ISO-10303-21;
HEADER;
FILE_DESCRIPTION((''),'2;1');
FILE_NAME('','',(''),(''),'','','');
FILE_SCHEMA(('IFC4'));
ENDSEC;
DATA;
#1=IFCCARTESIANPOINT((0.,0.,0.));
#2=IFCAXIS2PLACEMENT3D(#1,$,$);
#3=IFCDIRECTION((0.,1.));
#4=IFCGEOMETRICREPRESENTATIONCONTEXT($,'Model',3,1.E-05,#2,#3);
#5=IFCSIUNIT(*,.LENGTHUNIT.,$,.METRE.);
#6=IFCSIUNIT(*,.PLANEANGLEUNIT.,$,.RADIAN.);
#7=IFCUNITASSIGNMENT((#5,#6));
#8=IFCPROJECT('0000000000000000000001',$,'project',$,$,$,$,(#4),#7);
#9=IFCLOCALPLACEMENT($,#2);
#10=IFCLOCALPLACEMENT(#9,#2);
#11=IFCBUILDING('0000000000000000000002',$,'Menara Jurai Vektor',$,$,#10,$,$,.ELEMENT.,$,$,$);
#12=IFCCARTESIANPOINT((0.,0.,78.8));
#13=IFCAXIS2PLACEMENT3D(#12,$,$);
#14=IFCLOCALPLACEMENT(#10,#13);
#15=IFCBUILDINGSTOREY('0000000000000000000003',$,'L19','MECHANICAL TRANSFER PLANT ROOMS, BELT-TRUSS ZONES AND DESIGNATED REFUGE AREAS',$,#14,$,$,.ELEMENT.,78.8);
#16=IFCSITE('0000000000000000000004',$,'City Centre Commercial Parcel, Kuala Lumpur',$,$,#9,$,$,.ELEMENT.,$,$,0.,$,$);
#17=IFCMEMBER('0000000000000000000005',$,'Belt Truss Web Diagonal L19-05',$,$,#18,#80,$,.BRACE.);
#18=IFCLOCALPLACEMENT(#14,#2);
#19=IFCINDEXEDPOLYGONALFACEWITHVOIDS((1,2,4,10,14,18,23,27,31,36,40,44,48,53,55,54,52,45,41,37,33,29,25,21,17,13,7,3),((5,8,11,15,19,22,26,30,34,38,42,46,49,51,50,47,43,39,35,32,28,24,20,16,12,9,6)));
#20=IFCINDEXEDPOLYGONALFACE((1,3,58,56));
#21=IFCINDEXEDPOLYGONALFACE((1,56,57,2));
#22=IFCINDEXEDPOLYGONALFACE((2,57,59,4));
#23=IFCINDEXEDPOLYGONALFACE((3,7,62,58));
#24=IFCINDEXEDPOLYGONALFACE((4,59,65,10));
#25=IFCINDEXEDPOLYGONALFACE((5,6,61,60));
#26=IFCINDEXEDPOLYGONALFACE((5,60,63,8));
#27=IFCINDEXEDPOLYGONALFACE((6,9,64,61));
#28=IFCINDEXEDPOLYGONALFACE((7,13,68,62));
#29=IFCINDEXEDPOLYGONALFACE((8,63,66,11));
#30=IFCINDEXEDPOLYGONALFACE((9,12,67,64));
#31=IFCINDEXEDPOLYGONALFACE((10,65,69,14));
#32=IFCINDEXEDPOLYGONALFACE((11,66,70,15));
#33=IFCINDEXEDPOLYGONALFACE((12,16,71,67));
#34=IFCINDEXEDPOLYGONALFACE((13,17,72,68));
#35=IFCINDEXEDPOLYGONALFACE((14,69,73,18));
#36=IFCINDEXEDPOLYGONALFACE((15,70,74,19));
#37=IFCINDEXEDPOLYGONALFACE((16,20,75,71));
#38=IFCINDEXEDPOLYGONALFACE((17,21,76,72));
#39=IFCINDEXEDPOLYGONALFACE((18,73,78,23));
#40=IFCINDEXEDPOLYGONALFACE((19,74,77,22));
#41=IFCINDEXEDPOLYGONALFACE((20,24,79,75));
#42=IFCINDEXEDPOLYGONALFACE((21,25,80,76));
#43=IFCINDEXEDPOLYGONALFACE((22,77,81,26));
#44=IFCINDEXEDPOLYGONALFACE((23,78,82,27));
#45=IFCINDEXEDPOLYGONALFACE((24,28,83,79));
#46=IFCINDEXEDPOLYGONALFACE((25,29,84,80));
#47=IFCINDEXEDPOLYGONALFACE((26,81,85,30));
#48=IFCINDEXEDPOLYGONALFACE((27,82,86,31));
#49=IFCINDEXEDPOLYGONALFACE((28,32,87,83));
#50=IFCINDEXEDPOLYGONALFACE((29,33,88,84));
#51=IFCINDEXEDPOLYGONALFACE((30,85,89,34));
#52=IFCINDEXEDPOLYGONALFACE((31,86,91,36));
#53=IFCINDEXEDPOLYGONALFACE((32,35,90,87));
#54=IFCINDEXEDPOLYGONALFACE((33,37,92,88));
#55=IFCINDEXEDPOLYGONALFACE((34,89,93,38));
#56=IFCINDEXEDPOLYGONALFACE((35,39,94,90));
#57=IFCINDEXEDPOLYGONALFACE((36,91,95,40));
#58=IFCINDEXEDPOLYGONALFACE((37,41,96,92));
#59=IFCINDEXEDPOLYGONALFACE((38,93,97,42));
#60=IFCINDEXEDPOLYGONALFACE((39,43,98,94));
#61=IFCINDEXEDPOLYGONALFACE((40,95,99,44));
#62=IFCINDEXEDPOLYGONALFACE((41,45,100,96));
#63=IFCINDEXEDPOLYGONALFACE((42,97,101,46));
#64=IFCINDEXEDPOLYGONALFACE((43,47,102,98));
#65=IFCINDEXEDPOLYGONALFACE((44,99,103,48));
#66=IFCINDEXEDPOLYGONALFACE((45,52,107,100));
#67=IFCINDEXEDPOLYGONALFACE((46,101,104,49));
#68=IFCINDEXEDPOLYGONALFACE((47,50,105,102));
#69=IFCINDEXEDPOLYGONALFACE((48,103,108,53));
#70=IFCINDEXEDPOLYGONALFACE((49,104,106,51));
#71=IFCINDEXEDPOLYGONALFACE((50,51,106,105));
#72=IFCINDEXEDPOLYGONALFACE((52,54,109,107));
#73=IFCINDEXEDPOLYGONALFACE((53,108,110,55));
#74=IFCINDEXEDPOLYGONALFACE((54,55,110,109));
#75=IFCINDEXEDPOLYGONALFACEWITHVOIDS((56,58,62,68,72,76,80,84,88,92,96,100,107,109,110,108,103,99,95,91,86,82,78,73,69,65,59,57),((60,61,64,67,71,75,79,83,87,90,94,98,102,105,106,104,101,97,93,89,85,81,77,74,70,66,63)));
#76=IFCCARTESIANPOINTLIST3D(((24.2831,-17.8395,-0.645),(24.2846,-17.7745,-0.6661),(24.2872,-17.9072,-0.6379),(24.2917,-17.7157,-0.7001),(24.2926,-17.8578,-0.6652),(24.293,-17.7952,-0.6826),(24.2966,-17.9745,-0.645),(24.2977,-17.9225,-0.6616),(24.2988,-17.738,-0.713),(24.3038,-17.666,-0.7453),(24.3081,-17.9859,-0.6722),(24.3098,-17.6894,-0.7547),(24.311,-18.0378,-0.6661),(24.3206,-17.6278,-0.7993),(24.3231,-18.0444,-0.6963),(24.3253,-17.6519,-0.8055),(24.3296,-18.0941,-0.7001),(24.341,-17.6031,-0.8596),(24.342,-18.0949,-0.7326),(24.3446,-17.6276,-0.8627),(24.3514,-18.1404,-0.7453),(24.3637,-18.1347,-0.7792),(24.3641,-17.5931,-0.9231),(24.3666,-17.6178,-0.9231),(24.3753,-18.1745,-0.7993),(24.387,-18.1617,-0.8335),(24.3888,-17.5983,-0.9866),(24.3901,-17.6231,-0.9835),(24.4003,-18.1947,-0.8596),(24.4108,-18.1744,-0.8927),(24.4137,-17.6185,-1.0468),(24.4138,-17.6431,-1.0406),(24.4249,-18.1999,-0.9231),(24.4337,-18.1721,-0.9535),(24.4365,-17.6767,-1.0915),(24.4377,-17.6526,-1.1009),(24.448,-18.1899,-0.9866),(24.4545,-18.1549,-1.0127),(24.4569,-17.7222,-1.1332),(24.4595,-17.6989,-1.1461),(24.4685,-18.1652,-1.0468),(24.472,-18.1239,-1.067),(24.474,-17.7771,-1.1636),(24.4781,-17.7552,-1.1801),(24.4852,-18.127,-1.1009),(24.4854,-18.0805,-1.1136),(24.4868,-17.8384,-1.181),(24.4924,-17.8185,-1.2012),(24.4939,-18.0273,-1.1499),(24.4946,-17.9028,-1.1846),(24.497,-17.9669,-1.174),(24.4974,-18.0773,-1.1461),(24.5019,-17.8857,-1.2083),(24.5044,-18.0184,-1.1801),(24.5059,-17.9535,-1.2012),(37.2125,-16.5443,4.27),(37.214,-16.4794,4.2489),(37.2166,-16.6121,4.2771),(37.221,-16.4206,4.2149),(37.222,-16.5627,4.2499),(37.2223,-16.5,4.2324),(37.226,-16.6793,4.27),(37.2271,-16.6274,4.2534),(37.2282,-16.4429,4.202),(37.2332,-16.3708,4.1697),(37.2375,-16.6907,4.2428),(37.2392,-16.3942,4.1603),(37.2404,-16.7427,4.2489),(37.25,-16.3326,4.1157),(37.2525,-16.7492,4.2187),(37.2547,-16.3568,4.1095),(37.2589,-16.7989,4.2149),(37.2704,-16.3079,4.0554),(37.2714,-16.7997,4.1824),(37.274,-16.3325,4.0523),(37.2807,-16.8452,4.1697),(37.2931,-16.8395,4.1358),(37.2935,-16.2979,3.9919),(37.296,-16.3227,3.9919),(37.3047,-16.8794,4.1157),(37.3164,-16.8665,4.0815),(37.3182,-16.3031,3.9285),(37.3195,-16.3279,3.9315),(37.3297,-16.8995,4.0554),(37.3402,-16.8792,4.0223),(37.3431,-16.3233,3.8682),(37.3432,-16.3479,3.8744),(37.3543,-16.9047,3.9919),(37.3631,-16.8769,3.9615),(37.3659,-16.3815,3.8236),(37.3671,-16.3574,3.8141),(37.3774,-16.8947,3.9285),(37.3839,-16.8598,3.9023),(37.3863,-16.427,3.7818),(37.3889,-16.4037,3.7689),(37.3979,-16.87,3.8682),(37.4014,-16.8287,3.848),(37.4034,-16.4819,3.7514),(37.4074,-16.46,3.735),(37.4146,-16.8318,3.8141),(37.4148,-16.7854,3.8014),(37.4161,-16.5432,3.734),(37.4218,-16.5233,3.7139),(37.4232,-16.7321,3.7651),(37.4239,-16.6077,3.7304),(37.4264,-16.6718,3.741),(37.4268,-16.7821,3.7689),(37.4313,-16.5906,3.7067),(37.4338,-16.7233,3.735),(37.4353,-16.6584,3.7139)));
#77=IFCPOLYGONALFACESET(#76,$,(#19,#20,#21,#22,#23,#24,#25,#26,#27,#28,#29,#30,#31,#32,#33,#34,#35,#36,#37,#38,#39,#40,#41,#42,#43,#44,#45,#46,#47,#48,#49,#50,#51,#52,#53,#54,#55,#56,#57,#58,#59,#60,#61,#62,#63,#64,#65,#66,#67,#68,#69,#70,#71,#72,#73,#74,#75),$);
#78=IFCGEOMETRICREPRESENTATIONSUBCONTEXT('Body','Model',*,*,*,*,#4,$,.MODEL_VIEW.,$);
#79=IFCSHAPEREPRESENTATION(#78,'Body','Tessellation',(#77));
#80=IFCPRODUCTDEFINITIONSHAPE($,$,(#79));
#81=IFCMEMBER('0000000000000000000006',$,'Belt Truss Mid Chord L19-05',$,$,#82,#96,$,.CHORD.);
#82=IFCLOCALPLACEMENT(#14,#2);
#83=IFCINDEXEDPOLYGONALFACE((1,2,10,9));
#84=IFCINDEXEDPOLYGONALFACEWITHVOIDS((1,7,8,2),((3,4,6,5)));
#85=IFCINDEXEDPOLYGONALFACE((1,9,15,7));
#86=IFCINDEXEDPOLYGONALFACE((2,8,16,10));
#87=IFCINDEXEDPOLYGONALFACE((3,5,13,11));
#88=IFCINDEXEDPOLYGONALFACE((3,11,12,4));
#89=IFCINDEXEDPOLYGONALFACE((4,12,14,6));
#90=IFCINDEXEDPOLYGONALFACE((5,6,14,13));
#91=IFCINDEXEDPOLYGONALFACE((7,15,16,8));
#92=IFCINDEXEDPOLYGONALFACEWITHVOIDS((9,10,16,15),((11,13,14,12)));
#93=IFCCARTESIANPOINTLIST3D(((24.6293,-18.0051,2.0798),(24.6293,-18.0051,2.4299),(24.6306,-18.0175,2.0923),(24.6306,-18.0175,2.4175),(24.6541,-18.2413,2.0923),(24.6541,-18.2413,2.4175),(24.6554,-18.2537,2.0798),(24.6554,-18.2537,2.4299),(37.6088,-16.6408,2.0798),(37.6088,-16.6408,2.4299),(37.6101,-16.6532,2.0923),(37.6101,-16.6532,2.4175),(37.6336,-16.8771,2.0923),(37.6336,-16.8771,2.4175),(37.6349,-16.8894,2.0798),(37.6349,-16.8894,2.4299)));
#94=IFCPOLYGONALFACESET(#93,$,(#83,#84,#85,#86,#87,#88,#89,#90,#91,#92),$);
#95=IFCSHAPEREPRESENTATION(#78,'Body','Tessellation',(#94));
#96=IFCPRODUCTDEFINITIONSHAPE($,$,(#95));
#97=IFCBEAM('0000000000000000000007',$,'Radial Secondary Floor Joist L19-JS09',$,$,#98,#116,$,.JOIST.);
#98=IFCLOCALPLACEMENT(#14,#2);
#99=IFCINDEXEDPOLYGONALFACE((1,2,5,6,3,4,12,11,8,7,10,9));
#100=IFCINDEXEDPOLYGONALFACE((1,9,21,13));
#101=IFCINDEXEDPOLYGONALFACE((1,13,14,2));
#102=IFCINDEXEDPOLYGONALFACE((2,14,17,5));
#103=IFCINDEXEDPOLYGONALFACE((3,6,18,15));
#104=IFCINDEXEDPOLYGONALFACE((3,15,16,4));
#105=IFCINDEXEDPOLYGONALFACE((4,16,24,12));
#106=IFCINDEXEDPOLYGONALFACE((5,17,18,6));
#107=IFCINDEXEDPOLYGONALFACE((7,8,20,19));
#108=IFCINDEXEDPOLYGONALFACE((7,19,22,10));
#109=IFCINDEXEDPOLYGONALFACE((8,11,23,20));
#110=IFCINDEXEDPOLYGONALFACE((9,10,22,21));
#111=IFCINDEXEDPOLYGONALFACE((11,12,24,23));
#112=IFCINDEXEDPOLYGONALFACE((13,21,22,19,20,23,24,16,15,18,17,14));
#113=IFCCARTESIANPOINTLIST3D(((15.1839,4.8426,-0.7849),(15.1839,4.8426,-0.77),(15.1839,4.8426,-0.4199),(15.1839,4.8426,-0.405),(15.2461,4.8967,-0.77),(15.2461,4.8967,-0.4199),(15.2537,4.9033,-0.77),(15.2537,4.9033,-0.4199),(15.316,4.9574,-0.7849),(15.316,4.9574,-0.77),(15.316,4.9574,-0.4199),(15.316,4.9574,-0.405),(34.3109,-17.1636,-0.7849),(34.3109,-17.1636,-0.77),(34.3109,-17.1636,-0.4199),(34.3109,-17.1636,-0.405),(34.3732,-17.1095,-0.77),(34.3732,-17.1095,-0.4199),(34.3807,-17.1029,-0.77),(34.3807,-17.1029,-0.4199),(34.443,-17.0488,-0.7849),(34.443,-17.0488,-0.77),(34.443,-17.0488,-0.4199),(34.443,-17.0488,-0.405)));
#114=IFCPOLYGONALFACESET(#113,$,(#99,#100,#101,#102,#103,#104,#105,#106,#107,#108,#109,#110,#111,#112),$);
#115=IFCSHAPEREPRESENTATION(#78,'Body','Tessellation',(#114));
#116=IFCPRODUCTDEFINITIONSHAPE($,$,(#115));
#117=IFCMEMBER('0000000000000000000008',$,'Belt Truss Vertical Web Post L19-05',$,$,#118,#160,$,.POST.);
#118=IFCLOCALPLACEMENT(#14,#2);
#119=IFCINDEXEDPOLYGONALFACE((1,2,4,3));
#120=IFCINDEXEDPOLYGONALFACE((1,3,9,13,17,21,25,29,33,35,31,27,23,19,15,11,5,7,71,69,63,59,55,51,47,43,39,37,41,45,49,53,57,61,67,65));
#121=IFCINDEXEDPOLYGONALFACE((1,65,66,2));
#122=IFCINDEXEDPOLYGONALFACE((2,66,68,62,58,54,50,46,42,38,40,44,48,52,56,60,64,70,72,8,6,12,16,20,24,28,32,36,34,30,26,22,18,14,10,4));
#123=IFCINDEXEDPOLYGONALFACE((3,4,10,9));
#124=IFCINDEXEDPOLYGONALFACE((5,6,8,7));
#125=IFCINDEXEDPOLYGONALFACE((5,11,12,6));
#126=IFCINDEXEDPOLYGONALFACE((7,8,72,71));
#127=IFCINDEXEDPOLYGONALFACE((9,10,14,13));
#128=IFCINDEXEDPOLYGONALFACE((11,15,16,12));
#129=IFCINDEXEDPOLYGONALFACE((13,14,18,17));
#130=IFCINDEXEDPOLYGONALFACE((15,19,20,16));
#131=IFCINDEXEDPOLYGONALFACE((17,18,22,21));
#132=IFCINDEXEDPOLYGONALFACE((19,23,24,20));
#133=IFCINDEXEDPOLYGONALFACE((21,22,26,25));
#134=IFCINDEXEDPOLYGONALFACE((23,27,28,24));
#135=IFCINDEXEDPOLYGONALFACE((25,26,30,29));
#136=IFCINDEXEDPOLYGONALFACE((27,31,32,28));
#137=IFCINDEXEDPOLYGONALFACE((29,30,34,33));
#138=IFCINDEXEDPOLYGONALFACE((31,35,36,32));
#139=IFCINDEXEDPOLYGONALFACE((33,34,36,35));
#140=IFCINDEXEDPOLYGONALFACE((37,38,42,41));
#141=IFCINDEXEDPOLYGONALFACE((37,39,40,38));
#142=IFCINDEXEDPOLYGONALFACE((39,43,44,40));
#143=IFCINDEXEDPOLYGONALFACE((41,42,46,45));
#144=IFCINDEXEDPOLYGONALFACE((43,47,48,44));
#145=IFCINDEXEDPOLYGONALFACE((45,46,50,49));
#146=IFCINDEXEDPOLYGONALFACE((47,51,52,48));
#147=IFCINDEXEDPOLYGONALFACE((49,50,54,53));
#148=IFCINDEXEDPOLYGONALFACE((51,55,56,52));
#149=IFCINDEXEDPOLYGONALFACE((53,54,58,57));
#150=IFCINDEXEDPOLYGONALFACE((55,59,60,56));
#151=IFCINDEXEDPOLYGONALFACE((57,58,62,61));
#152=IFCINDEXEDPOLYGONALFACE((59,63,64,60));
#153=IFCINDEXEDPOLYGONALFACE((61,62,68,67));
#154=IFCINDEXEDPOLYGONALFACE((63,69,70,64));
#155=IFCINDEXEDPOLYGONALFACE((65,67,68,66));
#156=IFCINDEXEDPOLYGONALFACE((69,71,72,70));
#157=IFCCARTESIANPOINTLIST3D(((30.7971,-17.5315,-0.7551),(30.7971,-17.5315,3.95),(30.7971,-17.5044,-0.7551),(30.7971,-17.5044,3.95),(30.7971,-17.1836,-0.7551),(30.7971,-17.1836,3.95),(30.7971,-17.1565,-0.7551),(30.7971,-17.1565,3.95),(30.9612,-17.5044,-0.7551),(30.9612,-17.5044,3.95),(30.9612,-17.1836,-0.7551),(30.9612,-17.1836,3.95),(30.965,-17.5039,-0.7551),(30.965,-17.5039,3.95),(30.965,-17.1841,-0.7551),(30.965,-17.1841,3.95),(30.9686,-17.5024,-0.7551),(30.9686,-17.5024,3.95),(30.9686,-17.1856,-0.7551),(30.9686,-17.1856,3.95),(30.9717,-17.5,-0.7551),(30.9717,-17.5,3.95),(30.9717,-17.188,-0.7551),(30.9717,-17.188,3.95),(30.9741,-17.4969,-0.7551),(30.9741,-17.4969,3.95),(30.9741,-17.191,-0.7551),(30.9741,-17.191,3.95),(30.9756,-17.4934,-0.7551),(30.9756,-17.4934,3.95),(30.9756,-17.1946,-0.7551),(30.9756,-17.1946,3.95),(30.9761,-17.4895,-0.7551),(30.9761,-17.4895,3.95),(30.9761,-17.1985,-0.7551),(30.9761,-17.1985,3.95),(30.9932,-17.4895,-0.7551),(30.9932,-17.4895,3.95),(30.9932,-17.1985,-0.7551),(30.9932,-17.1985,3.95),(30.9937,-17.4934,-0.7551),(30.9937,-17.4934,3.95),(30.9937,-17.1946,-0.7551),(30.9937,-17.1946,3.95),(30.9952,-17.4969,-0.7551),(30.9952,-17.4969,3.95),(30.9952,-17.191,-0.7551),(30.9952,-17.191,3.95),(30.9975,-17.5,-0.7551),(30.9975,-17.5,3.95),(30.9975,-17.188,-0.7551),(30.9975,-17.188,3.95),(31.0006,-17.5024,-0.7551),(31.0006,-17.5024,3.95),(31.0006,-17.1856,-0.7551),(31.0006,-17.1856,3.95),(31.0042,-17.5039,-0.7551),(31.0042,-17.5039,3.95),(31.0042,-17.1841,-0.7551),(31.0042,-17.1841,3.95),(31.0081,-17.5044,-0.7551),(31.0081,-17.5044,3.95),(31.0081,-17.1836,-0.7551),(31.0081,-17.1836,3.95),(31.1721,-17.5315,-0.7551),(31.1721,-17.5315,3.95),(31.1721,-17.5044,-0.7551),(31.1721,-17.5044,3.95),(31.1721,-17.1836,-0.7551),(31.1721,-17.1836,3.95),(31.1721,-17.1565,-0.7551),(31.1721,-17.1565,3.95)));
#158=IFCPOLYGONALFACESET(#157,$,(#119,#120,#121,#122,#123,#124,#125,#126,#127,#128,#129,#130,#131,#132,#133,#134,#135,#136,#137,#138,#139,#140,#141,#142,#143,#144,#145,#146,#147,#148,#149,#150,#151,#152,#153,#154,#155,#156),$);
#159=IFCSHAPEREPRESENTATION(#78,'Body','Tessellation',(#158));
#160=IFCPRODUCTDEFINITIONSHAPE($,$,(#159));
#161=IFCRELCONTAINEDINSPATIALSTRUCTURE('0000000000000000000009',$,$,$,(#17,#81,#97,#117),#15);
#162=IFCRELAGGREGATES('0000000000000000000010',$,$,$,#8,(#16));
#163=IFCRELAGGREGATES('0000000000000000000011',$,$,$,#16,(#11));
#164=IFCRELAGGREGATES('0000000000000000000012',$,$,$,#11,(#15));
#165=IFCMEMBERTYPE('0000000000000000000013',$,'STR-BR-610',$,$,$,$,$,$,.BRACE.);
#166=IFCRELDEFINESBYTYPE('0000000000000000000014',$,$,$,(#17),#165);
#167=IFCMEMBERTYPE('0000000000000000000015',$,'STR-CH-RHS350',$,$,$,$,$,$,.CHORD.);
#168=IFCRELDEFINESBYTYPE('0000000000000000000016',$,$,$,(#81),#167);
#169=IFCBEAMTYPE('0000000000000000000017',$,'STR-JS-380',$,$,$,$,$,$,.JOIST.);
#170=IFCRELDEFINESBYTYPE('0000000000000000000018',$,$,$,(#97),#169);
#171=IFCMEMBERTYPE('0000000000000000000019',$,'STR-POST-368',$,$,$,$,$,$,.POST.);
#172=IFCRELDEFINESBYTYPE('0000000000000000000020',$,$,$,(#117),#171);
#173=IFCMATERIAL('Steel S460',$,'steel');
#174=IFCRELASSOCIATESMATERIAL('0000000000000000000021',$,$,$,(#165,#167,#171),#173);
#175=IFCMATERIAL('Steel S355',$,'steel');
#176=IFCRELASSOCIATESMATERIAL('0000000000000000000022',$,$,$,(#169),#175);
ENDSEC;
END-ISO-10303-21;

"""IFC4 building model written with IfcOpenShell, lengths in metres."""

from ifc_helpers import new_model, si_unit, direction, frame, origin, origin_2d, place, context, subcontext, project, spatial, hollow_rectangle, hollow_circle, i_section, extrude, material, material_profile, profile_set, type_object, element, save


model = new_model("IFC4")

# Units and contexts
model_context = context("Model", 3, precision=1e-05, world=origin(), true_north=direction((0.0, 1.0)))
body_context = subcontext(model_context, "Body", "Model", "MODEL_VIEW")
ifc_project = project(units=[si_unit("LENGTHUNIT", "METRE"), si_unit("PLANEANGLEUNIT", "RADIAN")], contexts=[model_context])

# Site, building, storey
site_placement = place(None, origin())
site = spatial("IfcSite", under=ifc_project, at=site_placement, Name="City Centre Commercial Parcel, Kuala Lumpur", CompositionType="ELEMENT", RefElevation=0.0)
building_placement = place(site_placement, origin())
building = spatial("IfcBuilding", under=site, at=building_placement, Name="Menara Jurai Vektor", CompositionType="ELEMENT")
storey_placement = place(building_placement, frame((0.0, 0.0, 78.8)))
storey = spatial("IfcBuildingStorey", under=building, at=storey_placement, Name="L19", Description="MECHANICAL TRANSFER PLANT ROOMS, BELT-TRUSS ZONES AND DESIGNATED REFUGE AREAS", CompositionType="ELEMENT", Elevation=78.8)

# Shared definitions
ifc_material_1 = material(Name="Steel S460", Category="steel")

# Shared definitions
ifc_material_2 = material(Name="Steel S355", Category="steel")

# Members
ifc_material_profile_1 = material_profile(ifc_material_1, hollow_circle(Radius=0.3049, WallThickness=0.0249, at=origin_2d()), Name="CHS 610x25")
ifc_profile_set_1 = profile_set([ifc_material_profile_1], Name="Steel S460")
member_type_1 = type_object("IfcMemberType", Name="STR-BR-610", PredefinedType="BRACE", material=ifc_profile_set_1)
member_1_placement = place(storey_placement, frame((24.3945, -17.8965, -0.9231), z_axis=(0.930668, 0.093227, 0.353787), x_axis=(-0.099673, 0.99502, 0.0)))
element("IfcMember", 1, at=member_1_placement, inside=storey, type_object=member_type_1, Name="Belt Truss Web Diagonal L19-05", PredefinedType="BRACE", context=body_context, shape_type="SweptSolid", body=[
    extrude(hollow_circle(Radius=0.3049, WallThickness=0.0249, at=origin_2d()), origin(), (0.0, 0.0, 1.0), 13.8926),
])
ifc_material_profile_2 = material_profile(ifc_material_1, hollow_rectangle(XDim=0.25, YDim=0.3501, WallThickness=0.0125, at=origin_2d()), Name="RHS 350x250x12.5")
ifc_profile_set_2 = profile_set([ifc_material_profile_2], Name="Steel S460")
member_type_2 = type_object("IfcMemberType", Name="STR-CH-RHS350", PredefinedType="CHORD", material=ifc_profile_set_2)
member_2_placement = place(storey_placement, frame((24.6423, -18.1294, 2.2549), z_axis=(0.994521, 0.104533, 0.0), x_axis=(-0.104533, 0.994521, 0.0)))
element("IfcMember", 2, at=member_2_placement, inside=storey, type_object=member_type_2, Name="Belt Truss Mid Chord L19-05", PredefinedType="CHORD", context=body_context, shape_type="SweptSolid", body=[
    extrude(hollow_rectangle(XDim=0.25, YDim=0.3501, WallThickness=0.0125, at=origin_2d()), origin(), (0.0, 0.0, 1.0), 13.051),
])

# Beam
ifc_material_profile_3 = material_profile(ifc_material_2, i_section(OverallWidth=0.175, OverallDepth=0.3799, WebThickness=0.01, FlangeThickness=0.0149, at=origin_2d()), Name="PG 380x175x58")
ifc_profile_set_3 = profile_set([ifc_material_profile_3], Name="Steel S355")
beam_type_1 = type_object("IfcBeamType", Name="STR-JS-380", PredefinedType="JOIST", material=ifc_profile_set_3)
beam_1_placement = place(storey_placement, frame((34.377, -17.1062, -0.595), z_axis=(-0.656007, 0.754755, 0.0), x_axis=(-0.754755, -0.656007, 0.0)))
element("IfcBeam", 3, at=beam_1_placement, inside=storey, type_object=beam_type_1, Name="Radial Secondary Floor Joist L19-JS09", PredefinedType="JOIST", context=body_context, shape_type="SweptSolid", body=[
    extrude(i_section(OverallWidth=0.175, OverallDepth=0.3799, WebThickness=0.01, FlangeThickness=0.0149, at=origin_2d()), origin(), (0.0, 0.0, 1.0), 29.1567),
])

# Member
ifc_material_profile_4 = material_profile(ifc_material_1, i_section(OverallWidth=0.375, OverallDepth=0.375, WebThickness=0.0171, FlangeThickness=0.0271, FilletRadius=0.0149, at=origin_2d()), Name="UKC 356x368x202")
ifc_profile_set_4 = profile_set([ifc_material_profile_4], Name="Steel S460")
member_type_3 = type_object("IfcMemberType", Name="STR-POST-368", PredefinedType="POST", material=ifc_profile_set_4)
member_3_placement = place(storey_placement, frame((30.9846, -17.344, -0.7551), z_axis=(0.0, 0.0, 1.0), x_axis=(1.0, 0.0, 0.0)))
element("IfcMember", 4, at=member_3_placement, inside=storey, type_object=member_type_3, Name="Belt Truss Vertical Web Post L19-05", PredefinedType="POST", context=body_context, shape_type="SweptSolid", body=[
    extrude(i_section(OverallWidth=0.375, OverallDepth=0.375, WebThickness=0.0171, FlangeThickness=0.0271, FilletRadius=0.0149, at=origin_2d()), origin(), (0.0, 0.0, 1.0), 4.7051),
])

save(model, "model.ifc")
